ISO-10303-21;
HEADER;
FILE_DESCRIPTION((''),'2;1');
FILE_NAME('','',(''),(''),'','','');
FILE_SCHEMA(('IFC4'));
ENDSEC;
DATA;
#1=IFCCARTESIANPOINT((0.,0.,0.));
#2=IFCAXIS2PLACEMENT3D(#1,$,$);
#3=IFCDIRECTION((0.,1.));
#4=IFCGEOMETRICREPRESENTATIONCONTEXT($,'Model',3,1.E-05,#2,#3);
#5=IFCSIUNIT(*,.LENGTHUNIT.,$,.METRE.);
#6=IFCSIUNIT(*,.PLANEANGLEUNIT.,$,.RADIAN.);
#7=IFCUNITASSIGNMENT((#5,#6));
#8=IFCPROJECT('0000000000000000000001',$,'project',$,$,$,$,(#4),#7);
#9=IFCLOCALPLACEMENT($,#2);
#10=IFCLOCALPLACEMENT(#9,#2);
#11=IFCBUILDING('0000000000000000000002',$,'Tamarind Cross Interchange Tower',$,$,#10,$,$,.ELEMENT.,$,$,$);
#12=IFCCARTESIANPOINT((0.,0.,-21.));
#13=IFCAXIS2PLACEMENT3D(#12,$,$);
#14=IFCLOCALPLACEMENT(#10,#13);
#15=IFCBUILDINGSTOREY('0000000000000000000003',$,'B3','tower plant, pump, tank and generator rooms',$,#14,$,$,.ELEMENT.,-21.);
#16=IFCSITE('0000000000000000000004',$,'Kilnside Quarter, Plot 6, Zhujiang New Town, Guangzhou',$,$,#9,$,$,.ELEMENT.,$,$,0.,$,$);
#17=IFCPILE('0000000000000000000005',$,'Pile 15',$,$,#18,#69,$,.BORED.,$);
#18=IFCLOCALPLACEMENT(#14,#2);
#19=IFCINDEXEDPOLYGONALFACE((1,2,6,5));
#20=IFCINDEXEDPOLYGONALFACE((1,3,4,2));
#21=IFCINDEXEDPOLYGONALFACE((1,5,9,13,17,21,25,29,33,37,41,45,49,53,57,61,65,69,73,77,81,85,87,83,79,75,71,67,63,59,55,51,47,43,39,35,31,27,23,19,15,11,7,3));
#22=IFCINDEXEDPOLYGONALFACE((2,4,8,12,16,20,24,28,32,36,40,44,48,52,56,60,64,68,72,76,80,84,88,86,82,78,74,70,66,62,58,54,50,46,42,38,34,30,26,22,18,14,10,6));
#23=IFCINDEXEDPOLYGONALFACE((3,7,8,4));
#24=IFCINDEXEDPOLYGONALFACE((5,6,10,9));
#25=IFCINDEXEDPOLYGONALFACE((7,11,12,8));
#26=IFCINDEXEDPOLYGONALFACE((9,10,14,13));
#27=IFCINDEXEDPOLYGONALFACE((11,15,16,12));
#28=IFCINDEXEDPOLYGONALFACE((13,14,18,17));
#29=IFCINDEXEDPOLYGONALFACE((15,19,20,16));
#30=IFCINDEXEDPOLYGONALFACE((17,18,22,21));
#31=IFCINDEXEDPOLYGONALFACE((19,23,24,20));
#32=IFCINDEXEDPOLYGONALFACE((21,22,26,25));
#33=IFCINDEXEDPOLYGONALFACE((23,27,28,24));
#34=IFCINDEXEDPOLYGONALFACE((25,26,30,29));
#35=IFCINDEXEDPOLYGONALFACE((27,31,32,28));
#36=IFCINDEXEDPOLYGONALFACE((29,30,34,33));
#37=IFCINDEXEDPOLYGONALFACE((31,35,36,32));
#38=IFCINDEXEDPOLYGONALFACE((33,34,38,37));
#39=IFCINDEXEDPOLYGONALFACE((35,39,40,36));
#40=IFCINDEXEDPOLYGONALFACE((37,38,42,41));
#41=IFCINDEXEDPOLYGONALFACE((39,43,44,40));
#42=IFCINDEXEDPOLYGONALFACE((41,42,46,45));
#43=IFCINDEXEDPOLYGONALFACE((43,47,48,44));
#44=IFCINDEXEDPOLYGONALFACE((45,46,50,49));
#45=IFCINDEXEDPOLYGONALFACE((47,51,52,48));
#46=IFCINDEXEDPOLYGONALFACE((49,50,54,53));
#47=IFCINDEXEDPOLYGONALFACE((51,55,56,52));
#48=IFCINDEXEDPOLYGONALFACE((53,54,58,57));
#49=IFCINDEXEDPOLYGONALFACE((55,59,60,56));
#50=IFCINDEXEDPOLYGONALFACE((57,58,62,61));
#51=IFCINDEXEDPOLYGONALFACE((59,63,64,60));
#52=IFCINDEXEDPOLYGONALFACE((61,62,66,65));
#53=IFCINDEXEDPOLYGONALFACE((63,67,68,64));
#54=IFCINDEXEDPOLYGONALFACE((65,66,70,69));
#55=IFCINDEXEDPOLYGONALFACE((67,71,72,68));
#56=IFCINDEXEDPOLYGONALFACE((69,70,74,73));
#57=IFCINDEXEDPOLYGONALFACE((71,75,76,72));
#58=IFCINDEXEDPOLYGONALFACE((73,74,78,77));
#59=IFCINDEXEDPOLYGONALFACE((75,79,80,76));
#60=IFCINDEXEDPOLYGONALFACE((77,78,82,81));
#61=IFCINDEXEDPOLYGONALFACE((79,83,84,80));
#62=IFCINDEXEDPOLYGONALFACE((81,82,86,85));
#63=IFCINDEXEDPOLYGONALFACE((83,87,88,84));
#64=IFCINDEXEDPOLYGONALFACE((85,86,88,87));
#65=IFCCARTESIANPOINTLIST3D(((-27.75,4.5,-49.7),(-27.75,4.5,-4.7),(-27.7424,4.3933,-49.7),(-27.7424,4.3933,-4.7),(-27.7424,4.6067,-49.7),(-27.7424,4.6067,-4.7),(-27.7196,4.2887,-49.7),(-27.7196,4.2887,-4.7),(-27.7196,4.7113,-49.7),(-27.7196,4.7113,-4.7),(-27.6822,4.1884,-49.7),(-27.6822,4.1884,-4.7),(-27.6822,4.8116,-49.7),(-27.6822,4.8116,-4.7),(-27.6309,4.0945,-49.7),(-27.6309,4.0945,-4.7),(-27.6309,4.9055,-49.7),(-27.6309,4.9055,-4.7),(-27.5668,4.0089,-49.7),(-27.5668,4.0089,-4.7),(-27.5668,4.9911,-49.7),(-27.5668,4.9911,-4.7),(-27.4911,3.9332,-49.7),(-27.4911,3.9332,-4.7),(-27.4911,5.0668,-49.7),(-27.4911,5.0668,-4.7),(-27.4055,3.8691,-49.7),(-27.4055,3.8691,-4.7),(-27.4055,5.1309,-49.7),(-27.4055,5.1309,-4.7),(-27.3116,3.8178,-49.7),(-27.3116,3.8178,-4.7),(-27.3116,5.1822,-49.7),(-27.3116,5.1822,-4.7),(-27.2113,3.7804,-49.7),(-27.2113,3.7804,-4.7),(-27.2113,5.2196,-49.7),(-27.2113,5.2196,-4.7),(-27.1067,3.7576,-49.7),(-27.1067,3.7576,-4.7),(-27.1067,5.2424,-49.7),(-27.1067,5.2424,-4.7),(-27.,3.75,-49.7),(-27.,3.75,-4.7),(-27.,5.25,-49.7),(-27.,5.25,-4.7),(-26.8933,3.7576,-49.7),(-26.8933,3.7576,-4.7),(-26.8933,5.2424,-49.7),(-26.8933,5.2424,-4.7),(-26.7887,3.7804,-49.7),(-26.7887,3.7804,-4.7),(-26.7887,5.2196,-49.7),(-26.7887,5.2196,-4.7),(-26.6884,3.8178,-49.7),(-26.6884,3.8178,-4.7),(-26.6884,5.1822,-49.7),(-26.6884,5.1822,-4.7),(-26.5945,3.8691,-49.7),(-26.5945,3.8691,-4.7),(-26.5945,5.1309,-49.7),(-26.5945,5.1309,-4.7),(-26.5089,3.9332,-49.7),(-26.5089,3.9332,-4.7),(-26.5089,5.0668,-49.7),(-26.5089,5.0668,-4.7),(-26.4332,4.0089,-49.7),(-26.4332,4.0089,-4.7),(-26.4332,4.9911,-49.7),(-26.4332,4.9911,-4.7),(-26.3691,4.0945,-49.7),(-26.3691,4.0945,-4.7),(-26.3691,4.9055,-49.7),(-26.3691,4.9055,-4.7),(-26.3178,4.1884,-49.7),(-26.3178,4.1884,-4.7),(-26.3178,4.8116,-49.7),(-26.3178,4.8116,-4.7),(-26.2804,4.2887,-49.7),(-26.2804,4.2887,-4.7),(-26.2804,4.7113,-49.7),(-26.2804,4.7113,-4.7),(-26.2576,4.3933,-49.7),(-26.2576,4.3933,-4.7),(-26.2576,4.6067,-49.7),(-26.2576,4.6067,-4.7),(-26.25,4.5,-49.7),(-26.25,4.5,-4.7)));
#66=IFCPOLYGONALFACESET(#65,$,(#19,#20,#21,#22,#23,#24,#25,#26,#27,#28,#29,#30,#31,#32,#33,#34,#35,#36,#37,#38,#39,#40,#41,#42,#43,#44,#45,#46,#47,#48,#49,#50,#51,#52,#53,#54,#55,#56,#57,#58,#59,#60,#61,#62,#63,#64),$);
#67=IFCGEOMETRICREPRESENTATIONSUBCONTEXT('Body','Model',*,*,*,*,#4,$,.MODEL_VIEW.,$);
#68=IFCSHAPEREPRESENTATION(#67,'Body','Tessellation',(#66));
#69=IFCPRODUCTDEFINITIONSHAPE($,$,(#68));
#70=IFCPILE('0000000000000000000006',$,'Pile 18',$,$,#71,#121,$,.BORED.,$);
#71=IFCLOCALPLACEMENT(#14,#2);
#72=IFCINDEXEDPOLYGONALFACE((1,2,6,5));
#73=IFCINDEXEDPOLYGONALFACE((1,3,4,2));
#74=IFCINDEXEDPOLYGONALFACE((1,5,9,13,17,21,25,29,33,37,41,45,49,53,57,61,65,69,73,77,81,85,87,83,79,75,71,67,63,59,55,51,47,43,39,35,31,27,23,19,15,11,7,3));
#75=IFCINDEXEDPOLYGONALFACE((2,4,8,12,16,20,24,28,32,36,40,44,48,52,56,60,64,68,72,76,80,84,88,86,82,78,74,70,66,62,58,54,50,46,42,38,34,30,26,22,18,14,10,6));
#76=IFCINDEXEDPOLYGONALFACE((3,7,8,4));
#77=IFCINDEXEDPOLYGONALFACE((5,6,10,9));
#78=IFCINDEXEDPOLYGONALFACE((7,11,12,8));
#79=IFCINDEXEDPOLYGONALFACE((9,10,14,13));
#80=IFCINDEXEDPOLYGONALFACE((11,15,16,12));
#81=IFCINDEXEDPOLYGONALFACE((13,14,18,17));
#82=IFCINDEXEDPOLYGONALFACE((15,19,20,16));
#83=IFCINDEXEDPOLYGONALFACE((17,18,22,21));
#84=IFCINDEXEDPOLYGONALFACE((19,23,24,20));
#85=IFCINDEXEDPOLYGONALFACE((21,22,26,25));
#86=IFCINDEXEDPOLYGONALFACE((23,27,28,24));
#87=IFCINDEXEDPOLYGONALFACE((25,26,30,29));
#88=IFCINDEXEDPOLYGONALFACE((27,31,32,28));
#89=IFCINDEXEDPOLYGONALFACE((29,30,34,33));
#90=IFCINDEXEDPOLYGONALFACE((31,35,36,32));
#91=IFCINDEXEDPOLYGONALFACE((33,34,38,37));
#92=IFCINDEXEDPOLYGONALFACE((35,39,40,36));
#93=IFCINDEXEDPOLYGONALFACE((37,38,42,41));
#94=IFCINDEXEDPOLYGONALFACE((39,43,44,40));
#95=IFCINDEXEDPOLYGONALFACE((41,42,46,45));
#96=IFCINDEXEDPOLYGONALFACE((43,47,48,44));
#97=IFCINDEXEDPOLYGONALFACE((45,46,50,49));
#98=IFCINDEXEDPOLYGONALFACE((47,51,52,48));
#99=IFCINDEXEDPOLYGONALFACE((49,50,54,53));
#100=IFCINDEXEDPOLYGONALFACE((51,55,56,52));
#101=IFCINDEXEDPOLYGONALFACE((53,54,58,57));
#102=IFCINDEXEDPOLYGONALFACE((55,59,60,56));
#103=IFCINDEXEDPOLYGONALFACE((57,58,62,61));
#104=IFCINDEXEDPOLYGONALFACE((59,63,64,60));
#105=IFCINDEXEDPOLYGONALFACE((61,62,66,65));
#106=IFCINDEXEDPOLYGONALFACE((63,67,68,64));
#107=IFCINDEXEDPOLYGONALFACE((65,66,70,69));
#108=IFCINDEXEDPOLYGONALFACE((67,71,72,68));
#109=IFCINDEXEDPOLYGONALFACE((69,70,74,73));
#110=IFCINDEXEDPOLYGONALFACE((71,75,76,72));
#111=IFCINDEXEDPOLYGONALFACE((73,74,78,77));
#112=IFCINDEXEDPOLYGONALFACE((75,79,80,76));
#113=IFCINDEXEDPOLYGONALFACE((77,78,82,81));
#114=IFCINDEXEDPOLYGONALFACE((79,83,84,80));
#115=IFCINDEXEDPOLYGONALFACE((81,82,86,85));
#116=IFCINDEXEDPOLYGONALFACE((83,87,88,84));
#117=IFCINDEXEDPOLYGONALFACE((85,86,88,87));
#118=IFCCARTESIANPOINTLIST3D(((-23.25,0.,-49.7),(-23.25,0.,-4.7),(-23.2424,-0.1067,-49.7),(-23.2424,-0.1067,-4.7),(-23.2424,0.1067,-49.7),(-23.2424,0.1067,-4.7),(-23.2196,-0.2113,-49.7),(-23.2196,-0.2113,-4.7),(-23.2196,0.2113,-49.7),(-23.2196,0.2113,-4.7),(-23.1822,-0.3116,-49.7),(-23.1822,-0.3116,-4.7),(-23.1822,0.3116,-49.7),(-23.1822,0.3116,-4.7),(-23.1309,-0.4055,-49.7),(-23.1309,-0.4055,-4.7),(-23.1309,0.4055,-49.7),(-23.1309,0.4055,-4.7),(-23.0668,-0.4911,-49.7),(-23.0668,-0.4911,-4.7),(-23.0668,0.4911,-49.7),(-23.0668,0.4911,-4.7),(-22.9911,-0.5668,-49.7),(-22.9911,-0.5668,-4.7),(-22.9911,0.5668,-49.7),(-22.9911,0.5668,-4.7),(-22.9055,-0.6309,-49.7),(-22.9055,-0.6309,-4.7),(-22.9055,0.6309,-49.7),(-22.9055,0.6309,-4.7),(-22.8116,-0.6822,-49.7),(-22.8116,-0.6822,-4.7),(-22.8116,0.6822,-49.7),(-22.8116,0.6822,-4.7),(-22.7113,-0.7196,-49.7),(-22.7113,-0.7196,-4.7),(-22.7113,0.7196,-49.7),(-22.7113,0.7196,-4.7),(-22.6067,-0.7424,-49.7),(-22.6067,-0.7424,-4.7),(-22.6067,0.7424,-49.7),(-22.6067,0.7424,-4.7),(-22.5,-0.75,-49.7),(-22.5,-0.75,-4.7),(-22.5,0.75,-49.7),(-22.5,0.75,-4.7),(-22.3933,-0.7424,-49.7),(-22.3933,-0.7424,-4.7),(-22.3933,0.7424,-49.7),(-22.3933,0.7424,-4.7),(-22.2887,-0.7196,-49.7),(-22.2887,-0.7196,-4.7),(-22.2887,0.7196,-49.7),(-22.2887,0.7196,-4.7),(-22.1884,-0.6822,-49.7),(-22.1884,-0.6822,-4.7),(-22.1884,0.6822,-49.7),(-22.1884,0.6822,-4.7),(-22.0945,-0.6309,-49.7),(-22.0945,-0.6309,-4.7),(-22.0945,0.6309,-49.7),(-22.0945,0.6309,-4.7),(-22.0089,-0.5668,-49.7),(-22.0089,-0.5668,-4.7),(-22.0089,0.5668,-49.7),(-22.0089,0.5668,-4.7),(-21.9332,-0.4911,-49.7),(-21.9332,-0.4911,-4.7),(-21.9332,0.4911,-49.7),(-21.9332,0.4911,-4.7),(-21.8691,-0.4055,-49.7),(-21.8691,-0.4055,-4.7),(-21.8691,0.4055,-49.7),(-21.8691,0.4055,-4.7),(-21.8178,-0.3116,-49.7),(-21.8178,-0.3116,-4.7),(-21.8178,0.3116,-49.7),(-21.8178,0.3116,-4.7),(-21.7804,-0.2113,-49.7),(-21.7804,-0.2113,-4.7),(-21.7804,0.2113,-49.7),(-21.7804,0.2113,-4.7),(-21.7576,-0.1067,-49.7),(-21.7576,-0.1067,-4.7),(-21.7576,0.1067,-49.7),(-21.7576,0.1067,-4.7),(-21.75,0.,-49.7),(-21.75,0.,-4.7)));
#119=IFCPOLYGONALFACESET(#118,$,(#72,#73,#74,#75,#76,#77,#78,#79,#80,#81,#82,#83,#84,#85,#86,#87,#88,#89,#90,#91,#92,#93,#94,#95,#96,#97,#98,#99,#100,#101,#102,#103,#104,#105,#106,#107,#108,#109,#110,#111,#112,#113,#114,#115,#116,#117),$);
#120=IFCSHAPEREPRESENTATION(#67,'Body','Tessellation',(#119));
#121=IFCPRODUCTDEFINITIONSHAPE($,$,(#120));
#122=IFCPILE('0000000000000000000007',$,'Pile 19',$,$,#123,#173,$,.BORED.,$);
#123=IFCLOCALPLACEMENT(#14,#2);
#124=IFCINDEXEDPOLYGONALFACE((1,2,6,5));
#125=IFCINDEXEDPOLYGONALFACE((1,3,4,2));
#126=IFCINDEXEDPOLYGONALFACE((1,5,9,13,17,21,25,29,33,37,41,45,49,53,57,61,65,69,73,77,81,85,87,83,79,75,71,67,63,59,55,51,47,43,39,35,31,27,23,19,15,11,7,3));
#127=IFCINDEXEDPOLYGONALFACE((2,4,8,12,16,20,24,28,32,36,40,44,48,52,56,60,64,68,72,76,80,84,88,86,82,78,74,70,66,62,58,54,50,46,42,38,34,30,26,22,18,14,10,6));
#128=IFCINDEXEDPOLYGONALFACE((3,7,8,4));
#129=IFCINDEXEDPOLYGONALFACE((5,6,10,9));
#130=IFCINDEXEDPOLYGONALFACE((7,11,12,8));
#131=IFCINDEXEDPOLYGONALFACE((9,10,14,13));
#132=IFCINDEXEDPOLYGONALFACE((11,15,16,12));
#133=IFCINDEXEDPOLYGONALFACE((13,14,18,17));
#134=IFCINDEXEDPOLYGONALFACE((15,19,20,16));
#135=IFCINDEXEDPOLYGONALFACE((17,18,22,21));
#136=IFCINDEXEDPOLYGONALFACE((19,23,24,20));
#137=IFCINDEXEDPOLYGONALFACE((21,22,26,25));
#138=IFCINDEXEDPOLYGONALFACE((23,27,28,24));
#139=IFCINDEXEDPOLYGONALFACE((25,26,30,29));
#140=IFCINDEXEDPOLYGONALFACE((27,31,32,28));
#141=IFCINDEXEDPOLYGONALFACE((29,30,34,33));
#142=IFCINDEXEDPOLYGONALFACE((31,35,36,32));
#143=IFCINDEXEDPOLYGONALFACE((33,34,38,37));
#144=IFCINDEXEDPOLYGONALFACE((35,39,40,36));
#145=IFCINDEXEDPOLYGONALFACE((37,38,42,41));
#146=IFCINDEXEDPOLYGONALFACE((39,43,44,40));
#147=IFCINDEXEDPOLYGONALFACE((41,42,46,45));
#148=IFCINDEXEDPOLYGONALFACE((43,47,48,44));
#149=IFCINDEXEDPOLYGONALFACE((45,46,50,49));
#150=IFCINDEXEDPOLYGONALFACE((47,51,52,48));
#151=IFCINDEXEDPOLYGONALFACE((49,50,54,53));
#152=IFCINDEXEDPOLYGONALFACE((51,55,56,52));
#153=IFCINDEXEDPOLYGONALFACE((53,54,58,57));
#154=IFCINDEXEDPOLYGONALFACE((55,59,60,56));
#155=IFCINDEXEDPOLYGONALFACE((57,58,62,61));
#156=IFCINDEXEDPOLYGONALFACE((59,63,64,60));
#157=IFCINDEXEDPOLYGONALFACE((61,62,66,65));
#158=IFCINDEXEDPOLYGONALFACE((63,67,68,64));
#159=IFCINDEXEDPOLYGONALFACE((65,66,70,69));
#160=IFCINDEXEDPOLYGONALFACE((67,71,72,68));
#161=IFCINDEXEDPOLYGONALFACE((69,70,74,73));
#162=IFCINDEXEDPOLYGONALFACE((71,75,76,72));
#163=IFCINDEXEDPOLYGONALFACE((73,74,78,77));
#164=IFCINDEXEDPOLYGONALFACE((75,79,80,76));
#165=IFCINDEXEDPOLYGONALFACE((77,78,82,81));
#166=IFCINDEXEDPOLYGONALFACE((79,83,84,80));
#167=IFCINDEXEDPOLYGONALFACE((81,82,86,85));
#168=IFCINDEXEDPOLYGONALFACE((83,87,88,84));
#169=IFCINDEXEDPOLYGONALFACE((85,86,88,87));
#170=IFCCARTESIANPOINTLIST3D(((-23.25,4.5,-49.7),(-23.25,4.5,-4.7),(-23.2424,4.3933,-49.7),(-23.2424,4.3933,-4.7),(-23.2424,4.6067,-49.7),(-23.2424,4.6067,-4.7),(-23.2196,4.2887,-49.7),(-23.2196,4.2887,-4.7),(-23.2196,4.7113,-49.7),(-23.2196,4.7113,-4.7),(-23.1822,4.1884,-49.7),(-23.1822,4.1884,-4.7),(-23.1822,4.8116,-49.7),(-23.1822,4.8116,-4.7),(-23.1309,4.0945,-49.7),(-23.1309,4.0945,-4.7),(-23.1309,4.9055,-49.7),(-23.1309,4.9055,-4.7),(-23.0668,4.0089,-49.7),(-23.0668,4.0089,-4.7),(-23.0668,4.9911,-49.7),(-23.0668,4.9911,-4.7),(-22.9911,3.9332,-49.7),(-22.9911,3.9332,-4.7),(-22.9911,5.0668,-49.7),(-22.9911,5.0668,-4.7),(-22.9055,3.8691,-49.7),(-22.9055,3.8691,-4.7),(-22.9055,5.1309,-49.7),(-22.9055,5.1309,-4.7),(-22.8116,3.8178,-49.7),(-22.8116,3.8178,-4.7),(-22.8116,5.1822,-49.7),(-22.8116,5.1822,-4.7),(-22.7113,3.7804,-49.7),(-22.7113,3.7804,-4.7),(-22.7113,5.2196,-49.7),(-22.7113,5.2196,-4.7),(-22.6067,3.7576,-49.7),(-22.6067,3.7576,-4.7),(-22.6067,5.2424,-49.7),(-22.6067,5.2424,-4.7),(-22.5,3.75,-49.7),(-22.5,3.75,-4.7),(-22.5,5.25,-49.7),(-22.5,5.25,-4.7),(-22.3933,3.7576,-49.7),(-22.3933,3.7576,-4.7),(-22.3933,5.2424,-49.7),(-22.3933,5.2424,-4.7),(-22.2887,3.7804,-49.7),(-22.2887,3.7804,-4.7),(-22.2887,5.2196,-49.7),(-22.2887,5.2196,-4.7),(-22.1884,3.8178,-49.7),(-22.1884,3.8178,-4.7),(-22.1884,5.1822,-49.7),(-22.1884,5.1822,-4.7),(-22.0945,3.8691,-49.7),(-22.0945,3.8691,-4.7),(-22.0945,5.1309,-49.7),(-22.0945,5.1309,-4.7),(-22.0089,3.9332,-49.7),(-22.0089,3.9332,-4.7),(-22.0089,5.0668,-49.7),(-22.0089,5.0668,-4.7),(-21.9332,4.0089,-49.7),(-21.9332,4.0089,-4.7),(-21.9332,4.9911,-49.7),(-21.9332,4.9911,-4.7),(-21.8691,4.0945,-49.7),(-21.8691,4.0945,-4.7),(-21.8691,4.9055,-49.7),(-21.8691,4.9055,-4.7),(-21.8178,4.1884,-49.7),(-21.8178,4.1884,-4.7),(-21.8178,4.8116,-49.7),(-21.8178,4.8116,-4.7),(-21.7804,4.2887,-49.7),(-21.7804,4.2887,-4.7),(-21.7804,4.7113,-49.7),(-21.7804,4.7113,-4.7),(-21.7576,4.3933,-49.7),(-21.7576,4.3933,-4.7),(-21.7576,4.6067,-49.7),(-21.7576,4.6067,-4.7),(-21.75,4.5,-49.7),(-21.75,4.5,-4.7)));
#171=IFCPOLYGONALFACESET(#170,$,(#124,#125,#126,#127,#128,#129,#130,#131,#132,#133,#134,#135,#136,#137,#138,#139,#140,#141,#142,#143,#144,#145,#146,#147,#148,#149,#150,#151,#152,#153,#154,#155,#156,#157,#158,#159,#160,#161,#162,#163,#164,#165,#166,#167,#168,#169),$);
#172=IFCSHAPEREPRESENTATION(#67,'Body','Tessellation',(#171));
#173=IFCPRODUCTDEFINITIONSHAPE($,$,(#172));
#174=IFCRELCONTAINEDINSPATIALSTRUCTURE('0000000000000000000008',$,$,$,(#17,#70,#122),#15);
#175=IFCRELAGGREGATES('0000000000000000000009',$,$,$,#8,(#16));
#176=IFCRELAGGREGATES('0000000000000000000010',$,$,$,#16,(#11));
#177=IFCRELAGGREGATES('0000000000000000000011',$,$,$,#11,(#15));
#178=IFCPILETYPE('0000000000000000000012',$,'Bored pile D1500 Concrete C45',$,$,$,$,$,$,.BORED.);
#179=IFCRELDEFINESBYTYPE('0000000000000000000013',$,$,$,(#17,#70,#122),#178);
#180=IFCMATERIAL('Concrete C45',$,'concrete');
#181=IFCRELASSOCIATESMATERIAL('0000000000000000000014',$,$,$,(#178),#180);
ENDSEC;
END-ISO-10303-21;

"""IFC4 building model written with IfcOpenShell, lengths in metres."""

from ifc_helpers import new_model, si_unit, direction, frame, origin, origin_2d, place, context, subcontext, project, spatial, circle, extrude, material, material_profile, profile_set, type_object, element, save


model = new_model("IFC4")

# Units and contexts
model_context = context("Model", 3, precision=1e-05, world=origin(), true_north=direction((0.0, 1.0)))
body_context = subcontext(model_context, "Body", "Model", "MODEL_VIEW")
ifc_project = project(units=[si_unit("LENGTHUNIT", "METRE"), si_unit("PLANEANGLEUNIT", "RADIAN")], contexts=[model_context])

# Site, building, storey
site_placement = place(None, origin())
site = spatial("IfcSite", under=ifc_project, at=site_placement, Name="Kilnside Quarter, Plot 6, Zhujiang New Town, Guangzhou", CompositionType="ELEMENT", RefElevation=0.0)
building_placement = place(site_placement, origin())
building = spatial("IfcBuilding", under=site, at=building_placement, Name="Tamarind Cross Interchange Tower", CompositionType="ELEMENT")
storey_placement = place(building_placement, frame((0.0, 0.0, -21.0)))
storey = spatial("IfcBuildingStorey", under=building, at=storey_placement, Name="B3", Description="tower plant, pump, tank and generator rooms", CompositionType="ELEMENT", Elevation=-21.0)

# Piles
ifc_material_1 = material(Name="Concrete C45", Category="concrete")
ifc_material_profile_1 = material_profile(ifc_material_1, circle(Radius=0.75, at=origin_2d()), Name="RC D1500")
ifc_profile_set_1 = profile_set([ifc_material_profile_1], Name="Concrete C45")
pile_type = type_object("IfcPileType", Name="Bored pile D1500 Concrete C45", PredefinedType="BORED", material=ifc_profile_set_1)
for number, where, z_axis, x_axis, name in (
    (1, (-27.0, 4.5, -4.7), (0.0, 0.0, -1.0), (1.0, 0.0, 0.0), "Pile 15"),
    (2, (-22.5, 0.0, -4.7), (0.0, 0.0, -1.0), (1.0, 0.0, 0.0), "Pile 18"),
    (3, (-22.5, 4.5, -4.7), (0.0, 0.0, -1.0), (1.0, 0.0, 0.0), "Pile 19"),
):
    element("IfcPile", number, at=place(storey_placement, frame(where, z_axis=z_axis, x_axis=x_axis)), inside=storey, type_object=pile_type, Name=name, PredefinedType="BORED", context=body_context, shape_type="SweptSolid", body=[
        extrude(circle(Radius=0.75, at=origin_2d()), origin(), (0.0, 0.0, 1.0), 45.0),
    ])

save(model, "model.ifc")
